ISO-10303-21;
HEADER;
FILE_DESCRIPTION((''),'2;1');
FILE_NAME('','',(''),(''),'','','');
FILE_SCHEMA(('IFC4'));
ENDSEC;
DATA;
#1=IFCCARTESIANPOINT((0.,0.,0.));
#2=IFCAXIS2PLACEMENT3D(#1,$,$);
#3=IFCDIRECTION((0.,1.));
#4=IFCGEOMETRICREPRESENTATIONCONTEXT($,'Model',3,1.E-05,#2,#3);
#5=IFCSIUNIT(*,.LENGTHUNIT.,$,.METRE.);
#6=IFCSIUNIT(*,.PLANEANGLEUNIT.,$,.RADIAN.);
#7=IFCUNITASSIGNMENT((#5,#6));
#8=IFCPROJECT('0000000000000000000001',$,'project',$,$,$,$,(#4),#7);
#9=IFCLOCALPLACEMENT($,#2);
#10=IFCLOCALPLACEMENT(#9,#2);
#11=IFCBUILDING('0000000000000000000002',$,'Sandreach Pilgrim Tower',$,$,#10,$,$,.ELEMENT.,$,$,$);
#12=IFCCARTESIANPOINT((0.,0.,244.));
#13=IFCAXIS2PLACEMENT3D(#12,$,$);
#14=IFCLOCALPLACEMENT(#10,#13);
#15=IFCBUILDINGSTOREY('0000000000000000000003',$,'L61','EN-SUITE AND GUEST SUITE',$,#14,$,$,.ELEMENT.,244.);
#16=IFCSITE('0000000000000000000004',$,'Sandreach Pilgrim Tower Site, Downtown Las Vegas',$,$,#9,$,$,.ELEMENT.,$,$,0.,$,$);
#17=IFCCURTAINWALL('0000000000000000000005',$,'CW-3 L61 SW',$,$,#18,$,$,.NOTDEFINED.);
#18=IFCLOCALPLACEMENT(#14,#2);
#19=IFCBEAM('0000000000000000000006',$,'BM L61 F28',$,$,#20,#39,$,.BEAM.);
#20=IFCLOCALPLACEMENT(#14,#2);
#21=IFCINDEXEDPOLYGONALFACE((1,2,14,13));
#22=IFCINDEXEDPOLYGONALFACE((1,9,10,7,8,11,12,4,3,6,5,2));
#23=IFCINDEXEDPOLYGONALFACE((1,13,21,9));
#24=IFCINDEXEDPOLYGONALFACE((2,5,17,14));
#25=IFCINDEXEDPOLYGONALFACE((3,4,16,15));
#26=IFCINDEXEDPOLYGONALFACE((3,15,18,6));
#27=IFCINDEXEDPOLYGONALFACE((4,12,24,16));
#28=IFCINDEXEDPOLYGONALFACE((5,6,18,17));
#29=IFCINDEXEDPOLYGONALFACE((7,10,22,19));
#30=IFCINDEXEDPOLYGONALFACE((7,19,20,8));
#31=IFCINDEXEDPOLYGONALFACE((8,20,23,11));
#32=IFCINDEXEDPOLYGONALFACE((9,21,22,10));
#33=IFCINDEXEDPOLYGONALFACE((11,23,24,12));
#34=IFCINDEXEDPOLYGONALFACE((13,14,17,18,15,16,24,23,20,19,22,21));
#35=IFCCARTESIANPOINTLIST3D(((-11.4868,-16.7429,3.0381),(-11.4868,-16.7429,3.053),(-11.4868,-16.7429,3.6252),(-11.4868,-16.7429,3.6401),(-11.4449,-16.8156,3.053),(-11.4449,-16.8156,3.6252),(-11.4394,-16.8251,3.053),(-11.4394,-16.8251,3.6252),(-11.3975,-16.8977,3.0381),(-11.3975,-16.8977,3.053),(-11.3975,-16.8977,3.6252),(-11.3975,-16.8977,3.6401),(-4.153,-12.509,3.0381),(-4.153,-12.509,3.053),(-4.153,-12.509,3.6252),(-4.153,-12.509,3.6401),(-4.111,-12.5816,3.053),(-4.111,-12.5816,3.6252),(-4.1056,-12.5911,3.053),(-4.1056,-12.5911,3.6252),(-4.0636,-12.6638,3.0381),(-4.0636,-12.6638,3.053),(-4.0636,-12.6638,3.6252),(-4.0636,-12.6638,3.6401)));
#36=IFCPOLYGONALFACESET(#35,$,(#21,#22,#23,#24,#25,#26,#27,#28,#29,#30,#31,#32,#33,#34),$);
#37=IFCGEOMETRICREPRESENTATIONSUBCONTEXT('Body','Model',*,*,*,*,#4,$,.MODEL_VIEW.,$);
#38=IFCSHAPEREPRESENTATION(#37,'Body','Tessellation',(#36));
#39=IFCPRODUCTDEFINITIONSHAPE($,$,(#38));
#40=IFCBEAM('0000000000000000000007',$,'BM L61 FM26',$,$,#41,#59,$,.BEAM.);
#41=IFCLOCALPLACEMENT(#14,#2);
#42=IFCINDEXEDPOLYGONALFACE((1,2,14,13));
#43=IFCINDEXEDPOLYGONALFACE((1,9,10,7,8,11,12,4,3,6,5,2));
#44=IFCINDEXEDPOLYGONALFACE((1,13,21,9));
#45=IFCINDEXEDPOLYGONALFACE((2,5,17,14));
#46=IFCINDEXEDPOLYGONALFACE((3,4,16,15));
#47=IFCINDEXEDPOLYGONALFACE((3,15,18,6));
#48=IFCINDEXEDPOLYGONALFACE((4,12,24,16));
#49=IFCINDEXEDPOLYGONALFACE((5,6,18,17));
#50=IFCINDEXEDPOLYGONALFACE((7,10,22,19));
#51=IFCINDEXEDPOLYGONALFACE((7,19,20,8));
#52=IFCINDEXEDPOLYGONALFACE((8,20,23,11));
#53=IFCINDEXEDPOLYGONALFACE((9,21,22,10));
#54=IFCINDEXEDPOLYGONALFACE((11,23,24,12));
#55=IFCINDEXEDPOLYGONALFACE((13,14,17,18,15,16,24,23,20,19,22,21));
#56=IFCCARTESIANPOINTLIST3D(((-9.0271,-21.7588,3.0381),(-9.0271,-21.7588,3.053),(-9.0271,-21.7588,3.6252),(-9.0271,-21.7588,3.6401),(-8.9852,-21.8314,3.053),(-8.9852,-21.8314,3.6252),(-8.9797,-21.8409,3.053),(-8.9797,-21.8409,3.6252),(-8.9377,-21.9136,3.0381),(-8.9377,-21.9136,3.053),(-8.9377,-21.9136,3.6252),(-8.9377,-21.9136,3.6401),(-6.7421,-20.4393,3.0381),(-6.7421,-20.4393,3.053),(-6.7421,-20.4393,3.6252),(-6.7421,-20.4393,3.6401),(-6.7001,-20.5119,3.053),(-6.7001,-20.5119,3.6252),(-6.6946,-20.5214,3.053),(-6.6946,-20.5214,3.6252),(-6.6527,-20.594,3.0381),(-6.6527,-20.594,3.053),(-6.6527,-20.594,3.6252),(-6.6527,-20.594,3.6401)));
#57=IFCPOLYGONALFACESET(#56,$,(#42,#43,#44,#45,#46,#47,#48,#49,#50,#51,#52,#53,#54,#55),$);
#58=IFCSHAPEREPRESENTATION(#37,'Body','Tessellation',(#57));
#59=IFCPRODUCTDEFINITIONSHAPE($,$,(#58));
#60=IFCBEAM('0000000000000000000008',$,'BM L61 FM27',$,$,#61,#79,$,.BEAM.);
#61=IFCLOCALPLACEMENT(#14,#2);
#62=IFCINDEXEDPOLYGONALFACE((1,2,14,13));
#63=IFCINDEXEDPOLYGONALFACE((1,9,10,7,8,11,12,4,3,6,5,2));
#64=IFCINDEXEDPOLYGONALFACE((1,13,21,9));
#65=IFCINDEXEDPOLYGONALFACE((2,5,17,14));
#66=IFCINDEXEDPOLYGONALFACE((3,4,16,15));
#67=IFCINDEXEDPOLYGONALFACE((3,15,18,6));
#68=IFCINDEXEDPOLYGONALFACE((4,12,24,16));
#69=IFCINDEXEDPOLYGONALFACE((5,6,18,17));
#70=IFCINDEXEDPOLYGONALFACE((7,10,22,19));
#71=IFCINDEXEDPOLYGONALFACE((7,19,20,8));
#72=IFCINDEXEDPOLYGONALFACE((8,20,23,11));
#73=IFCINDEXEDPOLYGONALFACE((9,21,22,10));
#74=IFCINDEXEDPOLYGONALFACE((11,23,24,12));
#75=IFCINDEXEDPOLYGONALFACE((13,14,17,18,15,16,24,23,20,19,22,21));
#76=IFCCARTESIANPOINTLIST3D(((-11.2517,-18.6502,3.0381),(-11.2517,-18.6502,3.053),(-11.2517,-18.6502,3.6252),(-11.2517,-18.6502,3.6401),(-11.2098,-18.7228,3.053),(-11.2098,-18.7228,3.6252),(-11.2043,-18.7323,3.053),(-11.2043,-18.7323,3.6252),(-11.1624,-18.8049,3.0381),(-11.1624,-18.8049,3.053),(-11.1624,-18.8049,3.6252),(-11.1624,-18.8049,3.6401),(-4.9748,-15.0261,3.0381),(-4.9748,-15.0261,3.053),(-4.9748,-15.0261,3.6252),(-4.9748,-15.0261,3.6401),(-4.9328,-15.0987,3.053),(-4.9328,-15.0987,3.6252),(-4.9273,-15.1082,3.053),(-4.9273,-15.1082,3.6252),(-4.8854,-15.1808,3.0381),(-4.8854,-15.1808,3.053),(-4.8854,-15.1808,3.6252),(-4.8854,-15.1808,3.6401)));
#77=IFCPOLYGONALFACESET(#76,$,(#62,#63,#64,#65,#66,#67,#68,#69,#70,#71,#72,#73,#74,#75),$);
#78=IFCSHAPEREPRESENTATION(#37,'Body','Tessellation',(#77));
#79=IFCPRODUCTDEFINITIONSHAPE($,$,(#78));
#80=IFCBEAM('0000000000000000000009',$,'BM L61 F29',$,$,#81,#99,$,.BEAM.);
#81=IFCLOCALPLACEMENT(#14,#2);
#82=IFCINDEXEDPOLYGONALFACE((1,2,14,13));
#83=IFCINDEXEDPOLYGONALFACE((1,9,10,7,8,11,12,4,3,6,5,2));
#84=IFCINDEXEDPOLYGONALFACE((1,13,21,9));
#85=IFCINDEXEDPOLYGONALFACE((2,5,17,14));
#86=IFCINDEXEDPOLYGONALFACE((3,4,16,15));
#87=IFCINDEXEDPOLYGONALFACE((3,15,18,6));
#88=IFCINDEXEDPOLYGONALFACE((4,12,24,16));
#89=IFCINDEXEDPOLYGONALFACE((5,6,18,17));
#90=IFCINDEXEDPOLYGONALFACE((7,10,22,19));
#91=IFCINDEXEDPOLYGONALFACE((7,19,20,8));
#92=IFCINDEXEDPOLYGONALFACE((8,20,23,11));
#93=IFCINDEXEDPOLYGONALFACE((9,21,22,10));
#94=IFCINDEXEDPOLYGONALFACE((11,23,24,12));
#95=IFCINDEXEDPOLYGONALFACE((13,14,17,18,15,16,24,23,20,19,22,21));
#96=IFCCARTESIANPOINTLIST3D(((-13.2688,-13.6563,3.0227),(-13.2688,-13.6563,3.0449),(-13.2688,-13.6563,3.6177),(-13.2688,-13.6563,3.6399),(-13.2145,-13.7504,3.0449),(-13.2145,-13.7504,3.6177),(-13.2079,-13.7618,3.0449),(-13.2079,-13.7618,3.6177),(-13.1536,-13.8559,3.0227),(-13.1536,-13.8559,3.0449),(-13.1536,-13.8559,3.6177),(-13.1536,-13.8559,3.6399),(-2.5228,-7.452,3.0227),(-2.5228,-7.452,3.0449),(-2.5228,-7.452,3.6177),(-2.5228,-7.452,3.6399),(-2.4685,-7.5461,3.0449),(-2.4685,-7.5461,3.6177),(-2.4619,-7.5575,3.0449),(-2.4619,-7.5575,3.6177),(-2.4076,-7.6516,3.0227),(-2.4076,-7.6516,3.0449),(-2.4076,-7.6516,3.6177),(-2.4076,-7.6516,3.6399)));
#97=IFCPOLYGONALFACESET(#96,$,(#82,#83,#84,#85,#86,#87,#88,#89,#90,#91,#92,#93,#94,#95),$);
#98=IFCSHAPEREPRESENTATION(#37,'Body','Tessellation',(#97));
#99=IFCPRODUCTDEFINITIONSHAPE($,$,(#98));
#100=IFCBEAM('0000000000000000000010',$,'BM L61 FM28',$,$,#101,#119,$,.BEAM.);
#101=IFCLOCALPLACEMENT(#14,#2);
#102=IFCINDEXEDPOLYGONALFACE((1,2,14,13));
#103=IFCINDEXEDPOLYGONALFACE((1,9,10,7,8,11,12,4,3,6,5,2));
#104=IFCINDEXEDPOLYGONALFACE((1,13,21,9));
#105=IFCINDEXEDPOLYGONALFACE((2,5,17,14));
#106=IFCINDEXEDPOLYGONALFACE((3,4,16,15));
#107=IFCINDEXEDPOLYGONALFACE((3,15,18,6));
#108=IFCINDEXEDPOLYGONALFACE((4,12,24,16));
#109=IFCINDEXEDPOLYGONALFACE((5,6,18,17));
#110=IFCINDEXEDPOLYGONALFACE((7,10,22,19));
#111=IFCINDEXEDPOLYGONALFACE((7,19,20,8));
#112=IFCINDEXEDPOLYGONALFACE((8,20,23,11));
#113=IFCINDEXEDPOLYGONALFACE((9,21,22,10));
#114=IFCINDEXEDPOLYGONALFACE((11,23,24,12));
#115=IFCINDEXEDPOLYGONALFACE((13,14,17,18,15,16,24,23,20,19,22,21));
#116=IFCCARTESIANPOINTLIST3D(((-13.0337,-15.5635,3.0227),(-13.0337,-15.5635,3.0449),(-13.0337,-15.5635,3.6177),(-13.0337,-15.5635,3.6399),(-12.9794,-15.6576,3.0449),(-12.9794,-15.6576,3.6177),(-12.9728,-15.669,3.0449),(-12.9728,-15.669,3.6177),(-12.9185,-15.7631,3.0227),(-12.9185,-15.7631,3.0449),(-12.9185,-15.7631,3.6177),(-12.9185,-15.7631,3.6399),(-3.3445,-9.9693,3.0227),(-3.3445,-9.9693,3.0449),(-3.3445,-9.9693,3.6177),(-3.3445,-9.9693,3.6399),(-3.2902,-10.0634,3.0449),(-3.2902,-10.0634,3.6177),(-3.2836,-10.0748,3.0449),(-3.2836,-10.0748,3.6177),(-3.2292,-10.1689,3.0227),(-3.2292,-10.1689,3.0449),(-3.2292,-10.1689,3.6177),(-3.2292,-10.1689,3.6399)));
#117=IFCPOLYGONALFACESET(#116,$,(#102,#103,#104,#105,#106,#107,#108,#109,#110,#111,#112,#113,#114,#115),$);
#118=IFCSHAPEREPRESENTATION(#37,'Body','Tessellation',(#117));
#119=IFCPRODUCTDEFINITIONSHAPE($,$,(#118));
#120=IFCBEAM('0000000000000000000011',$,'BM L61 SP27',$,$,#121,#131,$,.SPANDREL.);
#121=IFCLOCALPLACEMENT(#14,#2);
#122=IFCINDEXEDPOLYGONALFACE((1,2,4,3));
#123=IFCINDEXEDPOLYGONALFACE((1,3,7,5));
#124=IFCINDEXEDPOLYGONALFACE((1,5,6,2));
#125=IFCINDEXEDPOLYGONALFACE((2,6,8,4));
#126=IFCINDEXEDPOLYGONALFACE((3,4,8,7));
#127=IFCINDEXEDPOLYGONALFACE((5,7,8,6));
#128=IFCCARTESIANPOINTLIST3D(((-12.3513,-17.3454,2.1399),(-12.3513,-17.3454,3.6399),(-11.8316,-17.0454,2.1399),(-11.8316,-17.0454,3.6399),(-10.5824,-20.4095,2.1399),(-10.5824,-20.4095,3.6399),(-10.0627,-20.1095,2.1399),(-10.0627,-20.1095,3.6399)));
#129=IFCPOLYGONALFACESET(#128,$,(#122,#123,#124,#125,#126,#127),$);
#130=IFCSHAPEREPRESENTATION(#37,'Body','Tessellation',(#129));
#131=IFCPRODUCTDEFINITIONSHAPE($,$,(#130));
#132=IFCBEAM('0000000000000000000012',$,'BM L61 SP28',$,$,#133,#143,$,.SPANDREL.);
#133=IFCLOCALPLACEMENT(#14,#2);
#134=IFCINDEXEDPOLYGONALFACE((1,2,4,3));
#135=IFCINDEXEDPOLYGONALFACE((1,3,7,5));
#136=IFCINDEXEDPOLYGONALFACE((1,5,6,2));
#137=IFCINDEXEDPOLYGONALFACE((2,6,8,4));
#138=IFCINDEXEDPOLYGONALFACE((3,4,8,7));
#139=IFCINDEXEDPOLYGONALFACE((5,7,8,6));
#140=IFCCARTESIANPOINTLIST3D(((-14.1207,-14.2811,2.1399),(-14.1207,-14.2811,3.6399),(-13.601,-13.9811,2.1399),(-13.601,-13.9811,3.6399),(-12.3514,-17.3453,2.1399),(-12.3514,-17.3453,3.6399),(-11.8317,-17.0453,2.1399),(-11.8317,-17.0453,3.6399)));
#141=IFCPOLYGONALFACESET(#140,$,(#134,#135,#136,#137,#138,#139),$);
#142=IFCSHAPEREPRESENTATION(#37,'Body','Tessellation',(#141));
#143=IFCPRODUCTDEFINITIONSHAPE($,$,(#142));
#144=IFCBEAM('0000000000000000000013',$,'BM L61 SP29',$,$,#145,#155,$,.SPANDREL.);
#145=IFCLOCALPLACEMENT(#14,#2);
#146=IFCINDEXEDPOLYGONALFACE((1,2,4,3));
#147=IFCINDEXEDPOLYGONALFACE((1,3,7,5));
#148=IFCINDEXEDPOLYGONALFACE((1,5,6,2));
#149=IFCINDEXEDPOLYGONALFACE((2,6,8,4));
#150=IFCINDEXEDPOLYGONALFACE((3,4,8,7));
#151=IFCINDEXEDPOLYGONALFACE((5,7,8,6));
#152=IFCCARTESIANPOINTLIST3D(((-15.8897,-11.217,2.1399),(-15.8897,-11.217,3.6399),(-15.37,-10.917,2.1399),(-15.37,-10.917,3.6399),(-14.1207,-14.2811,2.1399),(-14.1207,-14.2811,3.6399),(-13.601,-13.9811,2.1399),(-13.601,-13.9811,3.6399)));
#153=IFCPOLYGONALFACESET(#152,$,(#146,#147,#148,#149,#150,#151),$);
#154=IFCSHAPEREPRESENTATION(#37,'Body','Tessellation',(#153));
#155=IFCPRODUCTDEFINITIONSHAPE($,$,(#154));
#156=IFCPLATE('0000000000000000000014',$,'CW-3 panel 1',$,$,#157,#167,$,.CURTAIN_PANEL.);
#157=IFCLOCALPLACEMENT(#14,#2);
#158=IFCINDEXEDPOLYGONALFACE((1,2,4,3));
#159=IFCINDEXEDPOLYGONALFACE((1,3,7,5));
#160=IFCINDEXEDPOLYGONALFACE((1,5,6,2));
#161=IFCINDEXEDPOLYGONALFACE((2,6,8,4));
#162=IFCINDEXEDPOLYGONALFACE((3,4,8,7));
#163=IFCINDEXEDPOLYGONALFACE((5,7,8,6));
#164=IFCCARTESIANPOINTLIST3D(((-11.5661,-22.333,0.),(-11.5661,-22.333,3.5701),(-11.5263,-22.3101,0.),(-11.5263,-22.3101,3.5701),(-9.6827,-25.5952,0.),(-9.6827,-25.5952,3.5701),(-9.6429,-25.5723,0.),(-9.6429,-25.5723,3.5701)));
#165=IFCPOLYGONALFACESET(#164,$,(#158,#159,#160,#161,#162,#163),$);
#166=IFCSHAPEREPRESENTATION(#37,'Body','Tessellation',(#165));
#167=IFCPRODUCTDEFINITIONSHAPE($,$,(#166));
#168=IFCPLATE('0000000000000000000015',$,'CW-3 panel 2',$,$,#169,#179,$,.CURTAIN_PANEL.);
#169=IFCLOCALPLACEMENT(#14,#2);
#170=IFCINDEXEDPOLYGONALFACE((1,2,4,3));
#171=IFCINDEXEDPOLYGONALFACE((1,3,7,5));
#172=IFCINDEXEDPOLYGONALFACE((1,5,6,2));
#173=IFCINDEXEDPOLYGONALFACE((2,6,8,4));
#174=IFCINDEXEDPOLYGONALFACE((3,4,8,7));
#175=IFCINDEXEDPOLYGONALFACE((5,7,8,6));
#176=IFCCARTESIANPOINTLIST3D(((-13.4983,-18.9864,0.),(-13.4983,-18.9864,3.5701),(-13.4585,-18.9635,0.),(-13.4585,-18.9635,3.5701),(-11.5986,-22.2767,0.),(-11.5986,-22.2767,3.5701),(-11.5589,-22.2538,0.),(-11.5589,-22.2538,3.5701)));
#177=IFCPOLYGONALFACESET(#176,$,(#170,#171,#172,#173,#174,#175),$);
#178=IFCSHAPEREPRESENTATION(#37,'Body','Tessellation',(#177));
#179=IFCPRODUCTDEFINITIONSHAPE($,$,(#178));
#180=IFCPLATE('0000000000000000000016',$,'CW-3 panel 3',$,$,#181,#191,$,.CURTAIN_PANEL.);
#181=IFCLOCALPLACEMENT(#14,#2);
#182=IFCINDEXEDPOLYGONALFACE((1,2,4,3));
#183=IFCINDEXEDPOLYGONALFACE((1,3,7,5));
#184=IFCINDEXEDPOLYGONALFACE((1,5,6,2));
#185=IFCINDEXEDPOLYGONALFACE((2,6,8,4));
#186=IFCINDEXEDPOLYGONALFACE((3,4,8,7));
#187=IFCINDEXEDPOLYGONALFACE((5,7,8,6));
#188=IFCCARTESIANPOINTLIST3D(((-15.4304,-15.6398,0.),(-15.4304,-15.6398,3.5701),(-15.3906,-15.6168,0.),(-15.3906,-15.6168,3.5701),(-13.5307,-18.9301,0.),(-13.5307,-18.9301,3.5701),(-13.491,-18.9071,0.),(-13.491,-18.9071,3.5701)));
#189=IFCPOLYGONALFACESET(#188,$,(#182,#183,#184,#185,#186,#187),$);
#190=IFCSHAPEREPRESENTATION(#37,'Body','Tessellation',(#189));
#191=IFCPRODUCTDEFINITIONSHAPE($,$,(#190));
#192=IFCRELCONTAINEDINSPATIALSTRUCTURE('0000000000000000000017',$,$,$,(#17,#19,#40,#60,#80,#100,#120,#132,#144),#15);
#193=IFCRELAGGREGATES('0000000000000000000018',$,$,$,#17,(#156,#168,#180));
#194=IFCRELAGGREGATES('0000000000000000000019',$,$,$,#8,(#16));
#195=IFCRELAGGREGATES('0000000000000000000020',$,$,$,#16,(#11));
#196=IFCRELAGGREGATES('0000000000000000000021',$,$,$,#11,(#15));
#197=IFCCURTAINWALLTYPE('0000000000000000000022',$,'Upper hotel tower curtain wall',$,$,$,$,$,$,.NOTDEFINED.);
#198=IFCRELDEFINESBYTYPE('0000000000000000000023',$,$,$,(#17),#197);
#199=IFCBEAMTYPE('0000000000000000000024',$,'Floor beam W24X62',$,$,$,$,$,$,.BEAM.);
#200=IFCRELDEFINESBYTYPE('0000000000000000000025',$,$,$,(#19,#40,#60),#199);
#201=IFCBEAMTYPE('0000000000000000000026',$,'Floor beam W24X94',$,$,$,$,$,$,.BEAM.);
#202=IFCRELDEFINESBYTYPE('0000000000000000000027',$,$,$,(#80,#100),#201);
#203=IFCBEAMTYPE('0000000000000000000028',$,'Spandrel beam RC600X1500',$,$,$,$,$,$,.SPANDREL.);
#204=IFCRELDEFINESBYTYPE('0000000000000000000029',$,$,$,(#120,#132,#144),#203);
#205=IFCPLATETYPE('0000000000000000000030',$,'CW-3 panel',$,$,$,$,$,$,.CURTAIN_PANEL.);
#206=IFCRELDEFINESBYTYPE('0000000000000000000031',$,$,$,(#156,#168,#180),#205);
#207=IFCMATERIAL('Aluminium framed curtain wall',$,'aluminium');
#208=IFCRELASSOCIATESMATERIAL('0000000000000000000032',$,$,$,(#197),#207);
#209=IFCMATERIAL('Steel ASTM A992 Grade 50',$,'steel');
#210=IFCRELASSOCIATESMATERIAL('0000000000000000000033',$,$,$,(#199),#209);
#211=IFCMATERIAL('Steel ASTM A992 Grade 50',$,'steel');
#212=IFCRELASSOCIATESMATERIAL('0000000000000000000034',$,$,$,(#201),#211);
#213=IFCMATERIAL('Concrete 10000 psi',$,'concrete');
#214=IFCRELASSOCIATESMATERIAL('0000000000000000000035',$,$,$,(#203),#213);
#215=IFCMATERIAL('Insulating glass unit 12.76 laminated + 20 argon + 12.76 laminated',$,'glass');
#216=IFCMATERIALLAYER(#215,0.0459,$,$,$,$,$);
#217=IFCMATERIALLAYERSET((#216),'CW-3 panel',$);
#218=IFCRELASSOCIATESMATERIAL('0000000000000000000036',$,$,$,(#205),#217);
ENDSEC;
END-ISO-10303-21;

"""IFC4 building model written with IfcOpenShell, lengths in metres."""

from ifc_helpers import new_model, si_unit, direction, frame, origin, origin_2d, place, context, subcontext, project, spatial, rectangle, i_section, extrude, material, layer, layer_set, material_profile, profile_set, type_object, element, aggregate, save


model = new_model("IFC4")

# Units and contexts
model_context = context("Model", 3, precision=1e-05, world=origin(), true_north=direction((0.0, 1.0)))
body_context = subcontext(model_context, "Body", "Model", "MODEL_VIEW")
ifc_project = project(units=[si_unit("LENGTHUNIT", "METRE"), si_unit("PLANEANGLEUNIT", "RADIAN")], contexts=[model_context])

# Site, building, storey
site_placement = place(None, origin())
site = spatial("IfcSite", under=ifc_project, at=site_placement, Name="Sandreach Pilgrim Tower Site, Downtown Las Vegas", CompositionType="ELEMENT", RefElevation=0.0)
building_placement = place(site_placement, origin())
building = spatial("IfcBuilding", under=site, at=building_placement, Name="Sandreach Pilgrim Tower", CompositionType="ELEMENT")
storey_placement = place(building_placement, frame((0.0, 0.0, 244.0)))
storey = spatial("IfcBuildingStorey", under=building, at=storey_placement, Name="L61", Description="EN-SUITE AND GUEST SUITE", CompositionType="ELEMENT", Elevation=244.0)

# Shared definitions
ifc_material_1 = material(Name="Aluminium framed curtain wall", Category="aluminium")
curtain_wall_type = type_object("IfcCurtainWallType", Name="Upper hotel tower curtain wall", PredefinedType="NOTDEFINED", material=ifc_material_1)

# Curtain wall
curtain_wall_1_placement = place(storey_placement, origin())
curtain_wall_1 = element("IfcCurtainWall", 1, at=curtain_wall_1_placement, inside=storey, type_object=curtain_wall_type, Name="CW-3 L61 SW", PredefinedType="NOTDEFINED")

# Beams
ifc_material_2 = material(Name="Steel ASTM A992 Grade 50", Category="steel")
ifc_material_profile_1 = material_profile(ifc_material_2, i_section(OverallWidth=0.1787, OverallDepth=0.6021, WebThickness=0.011, FlangeThickness=0.0149, at=origin_2d()), Name="W24X62")
ifc_profile_set_1 = profile_set([ifc_material_profile_1], Name="Steel ASTM A992 Grade 50")
beam_type_1 = type_object("IfcBeamType", Name="Floor beam W24X62", PredefinedType="BEAM", material=ifc_profile_set_1)
beam_1_placement = place(storey_placement, frame((-11.4421, -16.8203, 3.3391), z_axis=(0.866038, 0.499978, 0.0), x_axis=(-0.499978, 0.866038, 0.0)))
element("IfcBeam", 2, at=beam_1_placement, inside=storey, type_object=beam_type_1, Name="BM L61 F28", PredefinedType="BEAM", context=body_context, shape_type="SweptSolid", body=[
    extrude(i_section(OverallWidth=0.1787, OverallDepth=0.6021, WebThickness=0.011, FlangeThickness=0.0149, at=origin_2d()), origin(), (0.0, 0.0, 1.0), 8.4683),
])
beam_2_placement = place(storey_placement, frame((-8.9824, -21.8362, 3.3391), z_axis=(0.865985, 0.500069, 0.0), x_axis=(-0.500069, 0.865985, 0.0)))
element("IfcBeam", 3, at=beam_2_placement, inside=storey, type_object=beam_type_1, Name="BM L61 FM26", PredefinedType="BEAM", context=body_context, shape_type="SweptSolid", body=[
    extrude(i_section(OverallWidth=0.1787, OverallDepth=0.6021, WebThickness=0.011, FlangeThickness=0.0149, at=origin_2d()), origin(), (0.0, 0.0, 1.0), 2.6387),
])
beam_3_placement = place(storey_placement, frame((-11.207, -18.7275, 3.3391), z_axis=(0.866021, 0.500008, 0.0), x_axis=(-0.500008, 0.866021, 0.0)))
element("IfcBeam", 4, at=beam_3_placement, inside=storey, type_object=beam_type_1, Name="BM L61 FM27", PredefinedType="BEAM", context=body_context, shape_type="SweptSolid", body=[
    extrude(i_section(OverallWidth=0.1787, OverallDepth=0.6021, WebThickness=0.011, FlangeThickness=0.0149, at=origin_2d()), origin(), (0.0, 0.0, 1.0), 7.248),
])
ifc_material_3 = material(Name="Steel ASTM A992 Grade 50", Category="steel")
ifc_material_profile_2 = material_profile(ifc_material_3, i_section(OverallWidth=0.2305, OverallDepth=0.6172, WebThickness=0.0132, FlangeThickness=0.0222, at=origin_2d()), Name="W24X94")
ifc_profile_set_2 = profile_set([ifc_material_profile_2], Name="Steel ASTM A992 Grade 50")
beam_type_2 = type_object("IfcBeamType", Name="Floor beam W24X94", PredefinedType="BEAM", material=ifc_profile_set_2)
beam_4_placement = place(storey_placement, frame((-13.2112, -13.7561, 3.3313), z_axis=(0.866022, 0.500005, 0.0), x_axis=(-0.500005, 0.866022, 0.0)))
element("IfcBeam", 5, at=beam_4_placement, inside=storey, type_object=beam_type_2, Name="BM L61 F29", PredefinedType="BEAM", context=body_context, shape_type="SweptSolid", body=[
    extrude(i_section(OverallWidth=0.2305, OverallDepth=0.6172, WebThickness=0.0132, FlangeThickness=0.0222, at=origin_2d()), origin(), (0.0, 0.0, 1.0), 12.4084),
])
beam_5_placement = place(storey_placement, frame((-12.9761, -15.6633, 3.3313), z_axis=(0.866019, 0.500011, 0.0), x_axis=(-0.500011, 0.866019, 0.0)))
element("IfcBeam", 6, at=beam_5_placement, inside=storey, type_object=beam_type_2, Name="BM L61 FM28", PredefinedType="BEAM", context=body_context, shape_type="SweptSolid", body=[
    extrude(i_section(OverallWidth=0.2305, OverallDepth=0.6172, WebThickness=0.0132, FlangeThickness=0.0222, at=origin_2d()), origin(), (0.0, 0.0, 1.0), 11.1882),
])
ifc_material_4 = material(Name="Concrete 10000 psi", Category="concrete")
ifc_material_profile_3 = material_profile(ifc_material_4, rectangle(XDim=0.6001, YDim=1.5, at=origin_2d()), Name="RC600X1500")
ifc_profile_set_3 = profile_set([ifc_material_profile_3], Name="Concrete 10000 psi")
beam_type_3 = type_object("IfcBeamType", Name="Spandrel beam RC600X1500", PredefinedType="SPANDREL", material=ifc_profile_set_3)
beam_6_placement = place(storey_placement, frame((-10.3225, -20.2595, 2.8899), z_axis=(-0.499983, 0.866035, 0.0), x_axis=(-0.866035, -0.499983, 0.0)))
element("IfcBeam", 7, at=beam_6_placement, inside=storey, type_object=beam_type_3, Name="BM L61 SP27", PredefinedType="SPANDREL", context=body_context, shape_type="SweptSolid", body=[
    extrude(rectangle(XDim=0.6001, YDim=1.5, at=origin_2d()), origin(), (0.0, 0.0, 1.0), 3.5381),
])
beam_7_placement = place(storey_placement, frame((-12.0916, -17.1953, 2.8899), z_axis=(-0.500035, 0.866005, 0.0), x_axis=(-0.866005, -0.500035, 0.0)))
element("IfcBeam", 8, at=beam_7_placement, inside=storey, type_object=beam_type_3, Name="BM L61 SP28", PredefinedType="SPANDREL", context=body_context, shape_type="SweptSolid", body=[
    extrude(rectangle(XDim=0.6001, YDim=1.5, at=origin_2d()), origin(), (0.0, 0.0, 1.0), 3.5383),
])
beam_8_placement = place(storey_placement, frame((-13.8608, -14.1311, 2.8899), z_axis=(-0.499983, 0.866035, 0.0), x_axis=(-0.866035, -0.499983, 0.0)))
element("IfcBeam", 9, at=beam_8_placement, inside=storey, type_object=beam_type_3, Name="BM L61 SP29", PredefinedType="SPANDREL", context=body_context, shape_type="SweptSolid", body=[
    extrude(rectangle(XDim=0.6001, YDim=1.5, at=origin_2d()), origin(), (0.0, 0.0, 1.0), 3.5381),
])

# Plates
ifc_material_5 = material(Name="Insulating glass unit 12.76 laminated + 20 argon + 12.76 laminated", Category="glass")
ifc_layer_1 = layer(ifc_material_5, 0.0459)
ifc_layer_set_1 = layer_set([ifc_layer_1], Name="CW-3 panel")
plate_type = type_object("IfcPlateType", Name="CW-3 panel", PredefinedType="CURTAIN_PANEL", material=ifc_layer_set_1)
plate_1_placement = place(storey_placement, frame((-10.6045, -23.9526, 0.0), z_axis=(0.0, 0.0, 1.0), x_axis=(-0.5, 0.866025, 0.0)))
plate_1 = element("IfcPlate", 10, at=plate_1_placement, type_object=plate_type, Name="CW-3 panel 1", PredefinedType="CURTAIN_PANEL", context=body_context, shape_type="SweptSolid", body=[
    extrude(rectangle(XDim=3.7668, YDim=0.0459, at=origin_2d()), origin(), (0.0, 0.0, 1.0), 3.5701),
])
plate_2_placement = place(storey_placement, frame((-12.5286, -20.6201, 0.0), z_axis=(0.0, 0.0, 1.0), x_axis=(-0.5, 0.866025, 0.0)))
plate_2 = element("IfcPlate", 11, at=plate_2_placement, type_object=plate_type, Name="CW-3 panel 2", PredefinedType="CURTAIN_PANEL", context=body_context, shape_type="SweptSolid", body=[
    extrude(rectangle(XDim=3.7993, YDim=0.0459, at=origin_2d()), origin(), (0.0, 0.0, 1.0), 3.5701),
])
plate_3_placement = place(storey_placement, frame((-14.4607, -17.2734, 0.0), z_axis=(0.0, 0.0, 1.0), x_axis=(-0.5, 0.866025, 0.0)))
plate_3 = element("IfcPlate", 12, at=plate_3_placement, type_object=plate_type, Name="CW-3 panel 3", PredefinedType="CURTAIN_PANEL", context=body_context, shape_type="SweptSolid", body=[
    extrude(rectangle(XDim=3.7993, YDim=0.0459, at=origin_2d()), origin(), (0.0, 0.0, 1.0), 3.5701),
])
aggregate(curtain_wall_1, [plate_1, plate_2, plate_3])

save(model, "model.ifc")
